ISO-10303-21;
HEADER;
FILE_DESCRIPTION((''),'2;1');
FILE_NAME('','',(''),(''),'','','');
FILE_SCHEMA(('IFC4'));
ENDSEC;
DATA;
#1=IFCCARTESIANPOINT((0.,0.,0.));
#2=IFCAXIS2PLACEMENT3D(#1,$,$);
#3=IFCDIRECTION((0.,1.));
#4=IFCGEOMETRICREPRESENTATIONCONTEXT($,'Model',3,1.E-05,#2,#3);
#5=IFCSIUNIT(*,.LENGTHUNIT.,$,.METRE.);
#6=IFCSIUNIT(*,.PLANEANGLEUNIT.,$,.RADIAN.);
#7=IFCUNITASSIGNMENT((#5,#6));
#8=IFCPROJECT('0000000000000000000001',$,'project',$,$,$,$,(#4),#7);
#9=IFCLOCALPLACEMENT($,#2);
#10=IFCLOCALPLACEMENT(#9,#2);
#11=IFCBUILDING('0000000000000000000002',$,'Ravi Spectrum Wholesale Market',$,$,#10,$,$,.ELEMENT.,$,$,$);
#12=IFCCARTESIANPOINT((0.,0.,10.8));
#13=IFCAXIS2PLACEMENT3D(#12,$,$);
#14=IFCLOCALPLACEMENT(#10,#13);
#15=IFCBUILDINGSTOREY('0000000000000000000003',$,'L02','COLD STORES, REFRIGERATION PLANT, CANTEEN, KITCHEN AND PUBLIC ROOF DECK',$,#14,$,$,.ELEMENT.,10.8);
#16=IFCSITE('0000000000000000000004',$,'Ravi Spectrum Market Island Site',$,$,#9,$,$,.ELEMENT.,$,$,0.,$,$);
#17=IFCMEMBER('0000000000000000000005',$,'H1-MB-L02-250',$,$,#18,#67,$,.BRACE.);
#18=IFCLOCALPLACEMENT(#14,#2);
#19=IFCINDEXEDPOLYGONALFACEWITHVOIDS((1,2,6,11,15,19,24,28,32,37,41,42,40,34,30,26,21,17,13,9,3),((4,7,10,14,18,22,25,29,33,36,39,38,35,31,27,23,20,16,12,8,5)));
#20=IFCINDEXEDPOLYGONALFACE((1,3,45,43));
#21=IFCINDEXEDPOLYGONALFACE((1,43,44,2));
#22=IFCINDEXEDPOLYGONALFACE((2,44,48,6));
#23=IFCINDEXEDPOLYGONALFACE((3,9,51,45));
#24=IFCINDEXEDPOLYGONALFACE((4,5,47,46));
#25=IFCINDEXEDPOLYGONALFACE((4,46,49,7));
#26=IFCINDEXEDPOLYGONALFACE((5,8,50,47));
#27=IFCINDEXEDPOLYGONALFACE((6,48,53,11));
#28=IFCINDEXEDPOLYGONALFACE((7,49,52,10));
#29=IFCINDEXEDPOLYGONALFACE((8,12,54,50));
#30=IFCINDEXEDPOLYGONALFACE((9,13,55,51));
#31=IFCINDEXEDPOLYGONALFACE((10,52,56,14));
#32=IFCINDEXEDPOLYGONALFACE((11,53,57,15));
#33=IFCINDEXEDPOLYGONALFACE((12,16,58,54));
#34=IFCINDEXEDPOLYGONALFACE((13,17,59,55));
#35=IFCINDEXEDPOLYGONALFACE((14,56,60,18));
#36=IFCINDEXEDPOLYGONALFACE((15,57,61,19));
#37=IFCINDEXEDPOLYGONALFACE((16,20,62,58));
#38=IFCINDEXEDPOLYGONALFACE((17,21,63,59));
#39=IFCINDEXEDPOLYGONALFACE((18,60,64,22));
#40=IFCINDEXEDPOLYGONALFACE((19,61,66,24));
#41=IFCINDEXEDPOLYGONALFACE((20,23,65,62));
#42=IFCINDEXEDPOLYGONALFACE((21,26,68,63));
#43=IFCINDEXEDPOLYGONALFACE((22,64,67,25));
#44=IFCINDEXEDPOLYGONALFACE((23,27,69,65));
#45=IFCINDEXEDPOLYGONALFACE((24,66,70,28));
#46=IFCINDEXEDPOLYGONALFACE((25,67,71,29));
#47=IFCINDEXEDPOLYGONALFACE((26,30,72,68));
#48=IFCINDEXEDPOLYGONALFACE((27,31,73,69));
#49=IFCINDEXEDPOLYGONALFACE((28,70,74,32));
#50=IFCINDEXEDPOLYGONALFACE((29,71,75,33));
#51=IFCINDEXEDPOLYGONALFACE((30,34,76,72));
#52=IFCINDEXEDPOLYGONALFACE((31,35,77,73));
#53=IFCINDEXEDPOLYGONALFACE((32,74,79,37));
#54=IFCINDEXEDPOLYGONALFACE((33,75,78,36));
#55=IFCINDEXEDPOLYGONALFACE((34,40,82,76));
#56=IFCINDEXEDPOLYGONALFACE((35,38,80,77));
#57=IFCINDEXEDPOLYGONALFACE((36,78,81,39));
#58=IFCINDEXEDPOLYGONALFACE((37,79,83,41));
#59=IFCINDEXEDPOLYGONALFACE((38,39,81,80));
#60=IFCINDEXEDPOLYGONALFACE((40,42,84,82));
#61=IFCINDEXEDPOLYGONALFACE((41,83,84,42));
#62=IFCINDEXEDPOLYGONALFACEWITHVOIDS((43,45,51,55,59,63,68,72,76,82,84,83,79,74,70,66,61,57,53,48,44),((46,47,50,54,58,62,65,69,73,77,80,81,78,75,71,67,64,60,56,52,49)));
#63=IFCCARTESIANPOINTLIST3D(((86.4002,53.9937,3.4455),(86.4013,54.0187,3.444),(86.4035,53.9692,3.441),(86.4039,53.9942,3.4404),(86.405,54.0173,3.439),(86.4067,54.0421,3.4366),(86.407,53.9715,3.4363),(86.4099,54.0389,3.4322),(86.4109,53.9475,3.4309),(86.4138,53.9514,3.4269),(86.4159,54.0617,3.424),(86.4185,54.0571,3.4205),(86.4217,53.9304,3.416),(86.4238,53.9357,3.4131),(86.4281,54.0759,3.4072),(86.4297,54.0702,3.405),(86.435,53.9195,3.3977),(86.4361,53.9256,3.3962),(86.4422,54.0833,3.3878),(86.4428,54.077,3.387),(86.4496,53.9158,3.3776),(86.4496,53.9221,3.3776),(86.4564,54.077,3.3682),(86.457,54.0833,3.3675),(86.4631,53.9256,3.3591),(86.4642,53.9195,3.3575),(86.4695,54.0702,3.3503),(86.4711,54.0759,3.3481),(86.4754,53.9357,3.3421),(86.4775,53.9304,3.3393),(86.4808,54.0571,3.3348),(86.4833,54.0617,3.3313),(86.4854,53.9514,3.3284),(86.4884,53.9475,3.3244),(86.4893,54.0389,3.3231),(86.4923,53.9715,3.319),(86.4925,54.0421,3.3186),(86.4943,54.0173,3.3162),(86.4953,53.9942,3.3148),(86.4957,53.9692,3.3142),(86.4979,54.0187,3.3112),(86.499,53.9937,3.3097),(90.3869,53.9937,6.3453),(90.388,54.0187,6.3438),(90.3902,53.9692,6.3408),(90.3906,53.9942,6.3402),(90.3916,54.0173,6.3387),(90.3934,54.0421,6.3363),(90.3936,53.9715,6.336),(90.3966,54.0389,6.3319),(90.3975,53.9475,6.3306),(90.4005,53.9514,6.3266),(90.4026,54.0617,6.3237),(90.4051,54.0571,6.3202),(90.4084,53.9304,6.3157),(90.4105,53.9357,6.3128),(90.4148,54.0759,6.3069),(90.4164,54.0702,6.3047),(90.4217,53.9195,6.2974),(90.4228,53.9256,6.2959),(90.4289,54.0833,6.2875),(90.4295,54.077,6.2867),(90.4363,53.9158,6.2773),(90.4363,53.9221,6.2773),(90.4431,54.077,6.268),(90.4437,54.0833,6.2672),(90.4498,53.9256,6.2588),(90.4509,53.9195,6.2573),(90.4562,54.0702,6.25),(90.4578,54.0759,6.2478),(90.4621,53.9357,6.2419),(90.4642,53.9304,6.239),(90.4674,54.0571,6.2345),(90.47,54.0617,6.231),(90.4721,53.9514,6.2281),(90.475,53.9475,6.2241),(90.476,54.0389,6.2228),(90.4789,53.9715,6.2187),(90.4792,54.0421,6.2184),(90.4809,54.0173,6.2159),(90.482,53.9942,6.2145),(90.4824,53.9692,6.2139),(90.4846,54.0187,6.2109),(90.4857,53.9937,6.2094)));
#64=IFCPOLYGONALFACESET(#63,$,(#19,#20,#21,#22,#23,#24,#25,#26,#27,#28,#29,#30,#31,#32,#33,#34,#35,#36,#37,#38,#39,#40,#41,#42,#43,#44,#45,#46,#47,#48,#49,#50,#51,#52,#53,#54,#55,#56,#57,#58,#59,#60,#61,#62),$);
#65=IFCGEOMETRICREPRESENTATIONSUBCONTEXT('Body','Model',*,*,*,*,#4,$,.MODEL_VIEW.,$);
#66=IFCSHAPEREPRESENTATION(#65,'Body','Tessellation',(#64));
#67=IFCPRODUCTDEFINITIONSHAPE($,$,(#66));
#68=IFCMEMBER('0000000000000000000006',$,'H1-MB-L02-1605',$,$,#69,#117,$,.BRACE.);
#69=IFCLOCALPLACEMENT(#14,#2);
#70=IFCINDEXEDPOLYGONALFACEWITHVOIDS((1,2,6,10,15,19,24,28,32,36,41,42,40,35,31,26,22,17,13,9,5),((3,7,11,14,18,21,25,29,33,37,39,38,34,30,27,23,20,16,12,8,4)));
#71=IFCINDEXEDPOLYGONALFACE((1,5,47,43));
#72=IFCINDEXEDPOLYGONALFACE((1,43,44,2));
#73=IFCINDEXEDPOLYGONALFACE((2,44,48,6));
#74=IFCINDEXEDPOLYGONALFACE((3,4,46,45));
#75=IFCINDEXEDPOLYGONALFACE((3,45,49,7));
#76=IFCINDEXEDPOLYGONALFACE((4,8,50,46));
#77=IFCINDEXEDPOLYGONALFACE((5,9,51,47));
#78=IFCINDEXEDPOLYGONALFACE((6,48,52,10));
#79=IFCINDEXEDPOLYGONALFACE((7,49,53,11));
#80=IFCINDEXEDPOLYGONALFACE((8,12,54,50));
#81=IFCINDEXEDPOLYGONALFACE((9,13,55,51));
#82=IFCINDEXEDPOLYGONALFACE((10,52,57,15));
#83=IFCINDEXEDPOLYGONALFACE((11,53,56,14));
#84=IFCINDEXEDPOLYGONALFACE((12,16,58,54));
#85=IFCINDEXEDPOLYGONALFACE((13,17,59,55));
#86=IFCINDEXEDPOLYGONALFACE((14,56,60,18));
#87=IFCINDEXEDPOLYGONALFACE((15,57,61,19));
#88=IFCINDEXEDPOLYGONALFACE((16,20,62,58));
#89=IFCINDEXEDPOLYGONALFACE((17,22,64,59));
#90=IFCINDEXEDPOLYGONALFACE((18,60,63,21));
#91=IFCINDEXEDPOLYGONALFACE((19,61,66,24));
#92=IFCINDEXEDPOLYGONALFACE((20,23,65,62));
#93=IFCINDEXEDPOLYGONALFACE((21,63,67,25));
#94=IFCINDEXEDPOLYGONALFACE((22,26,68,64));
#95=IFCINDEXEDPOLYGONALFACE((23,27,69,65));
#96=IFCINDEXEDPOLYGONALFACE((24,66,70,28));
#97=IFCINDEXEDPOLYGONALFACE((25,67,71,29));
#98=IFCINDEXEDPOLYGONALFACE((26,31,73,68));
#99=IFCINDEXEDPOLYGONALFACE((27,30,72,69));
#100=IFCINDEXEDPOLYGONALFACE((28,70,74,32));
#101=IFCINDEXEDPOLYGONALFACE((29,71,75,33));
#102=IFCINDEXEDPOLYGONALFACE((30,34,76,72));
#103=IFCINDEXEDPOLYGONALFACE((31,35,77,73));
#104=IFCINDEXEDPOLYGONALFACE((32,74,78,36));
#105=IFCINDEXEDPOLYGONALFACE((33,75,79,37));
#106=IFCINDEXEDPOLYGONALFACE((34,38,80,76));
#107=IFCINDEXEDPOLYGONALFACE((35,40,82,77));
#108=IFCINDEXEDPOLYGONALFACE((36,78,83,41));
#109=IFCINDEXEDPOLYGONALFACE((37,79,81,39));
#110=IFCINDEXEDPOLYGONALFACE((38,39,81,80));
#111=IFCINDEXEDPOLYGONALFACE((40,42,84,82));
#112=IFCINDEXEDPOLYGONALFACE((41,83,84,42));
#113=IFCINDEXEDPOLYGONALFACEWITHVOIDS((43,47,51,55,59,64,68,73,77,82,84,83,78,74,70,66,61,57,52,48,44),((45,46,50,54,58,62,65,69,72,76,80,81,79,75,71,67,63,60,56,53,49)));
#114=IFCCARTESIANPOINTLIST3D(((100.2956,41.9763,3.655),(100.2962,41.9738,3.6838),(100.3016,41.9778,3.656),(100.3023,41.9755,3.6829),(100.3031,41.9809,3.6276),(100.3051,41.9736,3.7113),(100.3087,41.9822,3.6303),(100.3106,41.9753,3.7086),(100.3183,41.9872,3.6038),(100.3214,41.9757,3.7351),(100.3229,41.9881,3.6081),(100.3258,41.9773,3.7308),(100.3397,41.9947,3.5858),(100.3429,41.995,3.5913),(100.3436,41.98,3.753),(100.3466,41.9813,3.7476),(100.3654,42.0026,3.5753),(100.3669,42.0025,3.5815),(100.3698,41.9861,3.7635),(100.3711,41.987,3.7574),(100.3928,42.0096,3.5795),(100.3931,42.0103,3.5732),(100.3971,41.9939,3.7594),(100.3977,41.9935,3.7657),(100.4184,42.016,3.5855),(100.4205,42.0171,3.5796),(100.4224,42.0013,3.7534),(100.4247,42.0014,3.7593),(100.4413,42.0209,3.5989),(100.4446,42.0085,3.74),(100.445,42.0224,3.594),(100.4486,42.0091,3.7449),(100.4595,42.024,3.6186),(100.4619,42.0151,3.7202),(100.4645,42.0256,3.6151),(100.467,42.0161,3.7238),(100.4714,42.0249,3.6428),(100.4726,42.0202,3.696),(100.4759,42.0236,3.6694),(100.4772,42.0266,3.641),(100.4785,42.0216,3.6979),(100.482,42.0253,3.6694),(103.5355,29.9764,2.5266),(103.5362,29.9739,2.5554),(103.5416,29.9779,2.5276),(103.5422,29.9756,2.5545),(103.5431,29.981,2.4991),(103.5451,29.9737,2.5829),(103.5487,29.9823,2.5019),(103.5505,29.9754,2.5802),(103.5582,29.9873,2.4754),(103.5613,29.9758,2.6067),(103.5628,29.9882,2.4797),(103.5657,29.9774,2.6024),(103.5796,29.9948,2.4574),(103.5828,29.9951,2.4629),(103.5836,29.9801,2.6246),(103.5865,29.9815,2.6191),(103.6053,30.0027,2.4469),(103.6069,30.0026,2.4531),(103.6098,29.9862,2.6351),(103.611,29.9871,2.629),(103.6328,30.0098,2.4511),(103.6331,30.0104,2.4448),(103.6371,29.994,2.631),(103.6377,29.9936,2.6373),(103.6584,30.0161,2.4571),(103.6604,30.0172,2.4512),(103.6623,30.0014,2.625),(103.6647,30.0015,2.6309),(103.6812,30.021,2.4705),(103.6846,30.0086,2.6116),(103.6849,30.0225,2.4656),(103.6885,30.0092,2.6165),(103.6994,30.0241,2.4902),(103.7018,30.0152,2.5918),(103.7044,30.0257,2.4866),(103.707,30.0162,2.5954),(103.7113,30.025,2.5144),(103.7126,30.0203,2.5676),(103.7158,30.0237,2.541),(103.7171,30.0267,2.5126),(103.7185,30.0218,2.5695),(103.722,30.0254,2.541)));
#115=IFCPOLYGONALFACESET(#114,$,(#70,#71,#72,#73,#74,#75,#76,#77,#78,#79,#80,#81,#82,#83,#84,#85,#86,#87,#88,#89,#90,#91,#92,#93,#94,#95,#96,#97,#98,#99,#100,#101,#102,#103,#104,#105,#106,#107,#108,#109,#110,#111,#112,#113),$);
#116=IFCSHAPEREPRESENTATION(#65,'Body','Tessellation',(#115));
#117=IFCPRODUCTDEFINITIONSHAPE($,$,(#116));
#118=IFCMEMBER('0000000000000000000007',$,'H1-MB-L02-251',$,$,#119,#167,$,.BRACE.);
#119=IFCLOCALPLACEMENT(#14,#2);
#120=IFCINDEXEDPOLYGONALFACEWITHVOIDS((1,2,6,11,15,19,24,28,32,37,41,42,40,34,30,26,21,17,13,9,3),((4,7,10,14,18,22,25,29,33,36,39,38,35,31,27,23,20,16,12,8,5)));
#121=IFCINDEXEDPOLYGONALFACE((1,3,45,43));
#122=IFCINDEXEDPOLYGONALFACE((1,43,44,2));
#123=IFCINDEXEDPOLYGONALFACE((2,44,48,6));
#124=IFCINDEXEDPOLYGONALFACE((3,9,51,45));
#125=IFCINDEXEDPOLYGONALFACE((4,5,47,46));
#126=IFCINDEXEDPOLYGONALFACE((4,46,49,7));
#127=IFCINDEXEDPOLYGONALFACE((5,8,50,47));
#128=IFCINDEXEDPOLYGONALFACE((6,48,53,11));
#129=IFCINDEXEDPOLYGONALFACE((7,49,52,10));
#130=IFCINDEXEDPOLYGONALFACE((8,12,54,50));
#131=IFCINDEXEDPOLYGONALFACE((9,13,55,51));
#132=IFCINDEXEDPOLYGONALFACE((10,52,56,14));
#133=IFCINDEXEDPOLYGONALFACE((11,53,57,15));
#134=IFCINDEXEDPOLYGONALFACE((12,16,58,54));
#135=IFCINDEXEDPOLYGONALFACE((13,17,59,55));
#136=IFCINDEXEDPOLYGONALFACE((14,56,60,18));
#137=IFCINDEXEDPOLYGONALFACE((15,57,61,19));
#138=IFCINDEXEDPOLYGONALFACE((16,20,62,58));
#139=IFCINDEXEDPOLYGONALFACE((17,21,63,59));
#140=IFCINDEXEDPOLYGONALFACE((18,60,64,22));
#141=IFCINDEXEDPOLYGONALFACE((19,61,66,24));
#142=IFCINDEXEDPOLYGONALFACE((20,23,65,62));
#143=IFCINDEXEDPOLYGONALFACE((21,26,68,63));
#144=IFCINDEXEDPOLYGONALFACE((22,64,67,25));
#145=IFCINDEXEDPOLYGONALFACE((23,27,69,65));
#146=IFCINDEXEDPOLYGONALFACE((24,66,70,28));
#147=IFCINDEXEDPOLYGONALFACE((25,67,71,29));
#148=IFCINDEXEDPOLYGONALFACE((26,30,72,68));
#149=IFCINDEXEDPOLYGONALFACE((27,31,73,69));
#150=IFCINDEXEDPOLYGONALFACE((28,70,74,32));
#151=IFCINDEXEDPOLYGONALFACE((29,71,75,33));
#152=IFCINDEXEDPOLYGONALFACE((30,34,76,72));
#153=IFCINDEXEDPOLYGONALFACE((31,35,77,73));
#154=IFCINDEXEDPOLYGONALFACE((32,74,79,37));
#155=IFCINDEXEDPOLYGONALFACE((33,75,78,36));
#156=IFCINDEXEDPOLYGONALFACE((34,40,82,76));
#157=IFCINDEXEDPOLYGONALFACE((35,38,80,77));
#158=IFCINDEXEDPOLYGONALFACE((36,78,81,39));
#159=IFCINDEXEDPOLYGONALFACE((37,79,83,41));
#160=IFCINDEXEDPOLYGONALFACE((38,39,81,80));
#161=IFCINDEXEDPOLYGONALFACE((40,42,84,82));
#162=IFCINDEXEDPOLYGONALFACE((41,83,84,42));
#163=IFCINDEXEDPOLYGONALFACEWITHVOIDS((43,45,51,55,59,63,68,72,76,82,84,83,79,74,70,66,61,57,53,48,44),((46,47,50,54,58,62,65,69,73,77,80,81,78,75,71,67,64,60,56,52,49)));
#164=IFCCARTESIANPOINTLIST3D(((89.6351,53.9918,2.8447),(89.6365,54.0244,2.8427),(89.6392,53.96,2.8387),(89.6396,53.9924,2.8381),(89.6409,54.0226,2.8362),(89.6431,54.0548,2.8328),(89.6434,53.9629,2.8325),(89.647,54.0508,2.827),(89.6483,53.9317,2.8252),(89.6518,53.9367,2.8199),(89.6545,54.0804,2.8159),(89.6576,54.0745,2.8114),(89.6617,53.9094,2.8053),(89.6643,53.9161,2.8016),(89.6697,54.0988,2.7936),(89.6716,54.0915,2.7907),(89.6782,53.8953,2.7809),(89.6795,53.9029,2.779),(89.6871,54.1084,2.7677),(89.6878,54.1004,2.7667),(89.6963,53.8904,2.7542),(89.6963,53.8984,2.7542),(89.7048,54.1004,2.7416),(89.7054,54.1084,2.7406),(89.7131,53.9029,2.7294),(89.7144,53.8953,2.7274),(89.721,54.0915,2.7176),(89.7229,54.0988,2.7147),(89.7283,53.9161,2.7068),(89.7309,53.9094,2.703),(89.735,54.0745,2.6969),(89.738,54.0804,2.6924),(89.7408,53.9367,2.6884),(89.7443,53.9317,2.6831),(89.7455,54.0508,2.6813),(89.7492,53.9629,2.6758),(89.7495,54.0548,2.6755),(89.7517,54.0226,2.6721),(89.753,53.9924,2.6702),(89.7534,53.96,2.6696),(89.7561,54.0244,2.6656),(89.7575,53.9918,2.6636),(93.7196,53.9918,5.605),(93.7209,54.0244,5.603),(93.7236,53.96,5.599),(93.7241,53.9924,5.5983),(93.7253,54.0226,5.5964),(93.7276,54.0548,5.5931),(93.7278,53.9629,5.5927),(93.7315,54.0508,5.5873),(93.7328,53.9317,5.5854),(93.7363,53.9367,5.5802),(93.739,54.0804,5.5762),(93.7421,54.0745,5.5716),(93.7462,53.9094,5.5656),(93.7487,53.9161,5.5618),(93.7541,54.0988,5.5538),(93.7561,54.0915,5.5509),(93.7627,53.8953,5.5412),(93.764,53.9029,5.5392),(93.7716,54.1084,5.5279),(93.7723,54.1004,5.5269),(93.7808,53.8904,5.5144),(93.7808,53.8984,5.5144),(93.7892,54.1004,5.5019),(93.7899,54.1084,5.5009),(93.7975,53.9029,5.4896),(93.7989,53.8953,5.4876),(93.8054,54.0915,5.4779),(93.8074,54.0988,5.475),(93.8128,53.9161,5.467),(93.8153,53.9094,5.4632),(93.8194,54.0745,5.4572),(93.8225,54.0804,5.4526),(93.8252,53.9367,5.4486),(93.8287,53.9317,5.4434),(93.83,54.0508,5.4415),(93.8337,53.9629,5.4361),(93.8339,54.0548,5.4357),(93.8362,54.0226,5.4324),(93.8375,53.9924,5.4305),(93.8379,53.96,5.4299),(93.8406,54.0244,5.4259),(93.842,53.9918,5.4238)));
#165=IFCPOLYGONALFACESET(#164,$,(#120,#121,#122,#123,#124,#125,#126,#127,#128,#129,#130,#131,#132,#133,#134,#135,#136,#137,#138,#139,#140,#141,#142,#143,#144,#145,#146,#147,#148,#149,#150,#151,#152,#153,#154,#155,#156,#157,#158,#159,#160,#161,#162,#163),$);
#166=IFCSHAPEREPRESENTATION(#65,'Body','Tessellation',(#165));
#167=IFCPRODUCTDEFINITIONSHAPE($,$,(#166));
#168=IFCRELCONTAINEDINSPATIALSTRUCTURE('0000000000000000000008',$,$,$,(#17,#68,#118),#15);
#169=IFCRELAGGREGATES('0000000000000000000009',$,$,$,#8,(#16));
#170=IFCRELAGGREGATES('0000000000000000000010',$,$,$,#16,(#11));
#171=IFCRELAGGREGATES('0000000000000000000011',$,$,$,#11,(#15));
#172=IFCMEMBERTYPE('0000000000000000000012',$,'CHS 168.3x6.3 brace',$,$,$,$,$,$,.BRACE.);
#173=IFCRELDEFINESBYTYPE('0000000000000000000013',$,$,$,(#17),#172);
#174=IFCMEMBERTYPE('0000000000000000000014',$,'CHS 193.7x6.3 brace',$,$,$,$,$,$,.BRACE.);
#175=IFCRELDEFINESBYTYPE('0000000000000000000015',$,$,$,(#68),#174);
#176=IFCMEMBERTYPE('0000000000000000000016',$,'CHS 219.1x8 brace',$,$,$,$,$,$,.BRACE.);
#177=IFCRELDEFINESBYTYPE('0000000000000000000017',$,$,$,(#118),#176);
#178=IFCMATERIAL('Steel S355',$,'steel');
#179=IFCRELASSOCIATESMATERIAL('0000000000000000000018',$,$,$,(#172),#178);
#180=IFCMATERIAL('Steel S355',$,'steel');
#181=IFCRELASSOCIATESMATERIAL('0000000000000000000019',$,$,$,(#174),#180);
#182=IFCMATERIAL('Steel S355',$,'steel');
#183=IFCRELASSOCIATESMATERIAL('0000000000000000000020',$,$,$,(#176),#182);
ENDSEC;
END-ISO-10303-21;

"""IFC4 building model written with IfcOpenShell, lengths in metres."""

from ifc_helpers import new_model, si_unit, direction, frame, origin, origin_2d, place, context, subcontext, project, spatial, hollow_circle, extrude, material, material_profile, profile_set, type_object, element, save


model = new_model("IFC4")

# Units and contexts
model_context = context("Model", 3, precision=1e-05, world=origin(), true_north=direction((0.0, 1.0)))
body_context = subcontext(model_context, "Body", "Model", "MODEL_VIEW")
ifc_project = project(units=[si_unit("LENGTHUNIT", "METRE"), si_unit("PLANEANGLEUNIT", "RADIAN")], contexts=[model_context])

# Site, building, storey
site_placement = place(None, origin())
site = spatial("IfcSite", under=ifc_project, at=site_placement, Name="Ravi Spectrum Market Island Site", CompositionType="ELEMENT", RefElevation=0.0)
building_placement = place(site_placement, origin())
building = spatial("IfcBuilding", under=site, at=building_placement, Name="Ravi Spectrum Wholesale Market", CompositionType="ELEMENT")
storey_placement = place(building_placement, frame((0.0, 0.0, 10.8)))
storey = spatial("IfcBuildingStorey", under=building, at=storey_placement, Name="L02", Description="COLD STORES, REFRIGERATION PLANT, CANTEEN, KITCHEN AND PUBLIC ROOF DECK", CompositionType="ELEMENT", Elevation=10.8)

# Members
ifc_material_1 = material(Name="Steel S355", Category="steel")
ifc_material_profile_1 = material_profile(ifc_material_1, hollow_circle(Radius=0.0842, WallThickness=0.0063, at=origin_2d()))
ifc_profile_set_1 = profile_set([ifc_material_profile_1], Name="Steel S355")
member_type_1 = type_object("IfcMemberType", Name="CHS 168.3x6.3 brace", PredefinedType="BRACE", material=ifc_profile_set_1)
for number, where, z_axis, x_axis, name in (
    (1, (90.4363, 54.0, 6.2773), (-0.808704, 0.0, -0.588216), (0.0, -1.0, 0.0), "H1-MB-L02-250"),
):
    element("IfcMember", number, at=place(storey_placement, frame(where, z_axis=z_axis, x_axis=x_axis)), inside=storey, type_object=member_type_1, Name=name, PredefinedType="BRACE", context=body_context, shape_type="SweptSolid", body=[
        extrude(hollow_circle(Radius=0.0842, WallThickness=0.0063, at=origin_2d()), origin(), (0.0, 0.0, 1.0), 4.9297),
    ])
ifc_material_2 = material(Name="Steel S355", Category="steel")
ifc_material_profile_2 = material_profile(ifc_material_2, hollow_circle(Radius=0.0969, WallThickness=0.0063, at=origin_2d()))
ifc_profile_set_2 = profile_set([ifc_material_profile_2], Name="Steel S355")
member_type_2 = type_object("IfcMemberType", Name="CHS 193.7x6.3 brace", PredefinedType="BRACE", material=ifc_profile_set_2)
member_1_placement = place(storey_placement, frame((100.3884, 42.0, 3.6694), z_axis=(0.259598, -0.961475, -0.090412), x_axis=(0.965429, 0.260665, 0.0)))
element("IfcMember", 2, at=member_1_placement, inside=storey, type_object=member_type_2, Name="H1-MB-L02-1605", PredefinedType="BRACE", context=body_context, shape_type="SweptSolid", body=[
    extrude(hollow_circle(Radius=0.0969, WallThickness=0.0063, at=origin_2d()), origin(), (0.0, 0.0, 1.0), 12.4807),
])
ifc_material_3 = material(Name="Steel S355", Category="steel")
ifc_material_profile_3 = material_profile(ifc_material_3, hollow_circle(Radius=0.1096, WallThickness=0.0081, at=origin_2d()))
ifc_profile_set_3 = profile_set([ifc_material_profile_3], Name="Steel S355")
member_type_3 = type_object("IfcMemberType", Name="CHS 219.1x8 brace", PredefinedType="BRACE", material=ifc_profile_set_3)
for number, where, z_axis, x_axis, name in (
    (3, (93.7808, 54.0, 5.5144), (-0.828544, 0.0, -0.559924), (0.0, -1.0, 0.0), "H1-MB-L02-251"),
):
    element("IfcMember", number, at=place(storey_placement, frame(where, z_axis=z_axis, x_axis=x_axis)), inside=storey, type_object=member_type_3, Name=name, PredefinedType="BRACE", context=body_context, shape_type="SweptSolid", body=[
        extrude(hollow_circle(Radius=0.1096, WallThickness=0.0081, at=origin_2d()), origin(), (0.0, 0.0, 1.0), 4.9297),
    ])

save(model, "model.ifc")
